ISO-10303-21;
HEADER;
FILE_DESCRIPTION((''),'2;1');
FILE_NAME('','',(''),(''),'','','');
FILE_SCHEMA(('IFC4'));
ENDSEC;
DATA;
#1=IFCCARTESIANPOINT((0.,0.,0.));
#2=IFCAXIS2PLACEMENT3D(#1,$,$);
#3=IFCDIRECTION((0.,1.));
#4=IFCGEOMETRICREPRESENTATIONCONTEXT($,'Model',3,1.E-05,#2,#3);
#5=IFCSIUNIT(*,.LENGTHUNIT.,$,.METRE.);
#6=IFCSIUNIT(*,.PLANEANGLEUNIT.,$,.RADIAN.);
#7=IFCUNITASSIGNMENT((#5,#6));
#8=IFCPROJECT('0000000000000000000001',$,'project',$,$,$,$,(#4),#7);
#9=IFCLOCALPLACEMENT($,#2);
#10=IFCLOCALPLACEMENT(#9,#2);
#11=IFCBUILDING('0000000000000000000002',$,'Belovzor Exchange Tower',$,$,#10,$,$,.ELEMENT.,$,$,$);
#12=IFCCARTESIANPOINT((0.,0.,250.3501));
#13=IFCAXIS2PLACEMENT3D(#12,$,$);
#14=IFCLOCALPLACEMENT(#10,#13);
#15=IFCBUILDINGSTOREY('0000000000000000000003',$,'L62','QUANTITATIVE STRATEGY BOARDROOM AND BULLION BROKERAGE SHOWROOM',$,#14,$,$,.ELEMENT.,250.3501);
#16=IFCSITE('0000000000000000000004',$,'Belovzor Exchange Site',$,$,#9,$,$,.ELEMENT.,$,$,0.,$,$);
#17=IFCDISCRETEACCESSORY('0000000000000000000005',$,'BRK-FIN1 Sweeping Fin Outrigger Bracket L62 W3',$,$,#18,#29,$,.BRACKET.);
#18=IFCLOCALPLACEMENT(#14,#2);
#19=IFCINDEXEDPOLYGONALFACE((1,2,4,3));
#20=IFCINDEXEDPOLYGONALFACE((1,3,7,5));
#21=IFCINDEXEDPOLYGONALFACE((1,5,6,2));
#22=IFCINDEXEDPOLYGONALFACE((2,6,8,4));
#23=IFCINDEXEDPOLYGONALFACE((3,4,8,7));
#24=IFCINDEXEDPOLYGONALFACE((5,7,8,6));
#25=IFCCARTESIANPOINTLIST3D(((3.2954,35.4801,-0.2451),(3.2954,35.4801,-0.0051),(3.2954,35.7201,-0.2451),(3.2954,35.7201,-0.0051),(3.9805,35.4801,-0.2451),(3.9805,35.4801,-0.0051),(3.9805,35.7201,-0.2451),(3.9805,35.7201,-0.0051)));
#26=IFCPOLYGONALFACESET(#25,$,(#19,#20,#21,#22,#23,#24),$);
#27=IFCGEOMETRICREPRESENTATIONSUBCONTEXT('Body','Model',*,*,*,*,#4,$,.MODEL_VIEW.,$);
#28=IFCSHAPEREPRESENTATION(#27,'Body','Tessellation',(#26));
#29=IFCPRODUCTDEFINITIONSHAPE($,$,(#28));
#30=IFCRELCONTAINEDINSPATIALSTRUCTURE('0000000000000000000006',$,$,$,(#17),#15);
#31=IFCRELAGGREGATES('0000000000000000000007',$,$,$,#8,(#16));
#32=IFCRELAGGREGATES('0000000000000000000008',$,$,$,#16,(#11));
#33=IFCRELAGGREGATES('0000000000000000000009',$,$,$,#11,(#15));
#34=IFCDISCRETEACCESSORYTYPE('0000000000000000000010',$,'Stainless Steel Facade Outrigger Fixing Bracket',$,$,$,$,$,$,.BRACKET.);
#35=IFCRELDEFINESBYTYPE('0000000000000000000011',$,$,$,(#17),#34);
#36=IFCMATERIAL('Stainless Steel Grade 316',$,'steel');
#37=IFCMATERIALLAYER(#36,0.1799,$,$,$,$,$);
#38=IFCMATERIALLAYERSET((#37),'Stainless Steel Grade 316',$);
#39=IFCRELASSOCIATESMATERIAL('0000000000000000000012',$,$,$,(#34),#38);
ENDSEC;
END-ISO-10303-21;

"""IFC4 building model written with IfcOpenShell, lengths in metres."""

from ifc_helpers import new_model, si_unit, direction, frame, origin, origin_2d, place, context, subcontext, project, spatial, rectangle, extrude, material, layer, layer_set, type_object, element, save


model = new_model("IFC4")

# Units and contexts
model_context = context("Model", 3, precision=1e-05, world=origin(), true_north=direction((0.0, 1.0)))
body_context = subcontext(model_context, "Body", "Model", "MODEL_VIEW")
ifc_project = project(units=[si_unit("LENGTHUNIT", "METRE"), si_unit("PLANEANGLEUNIT", "RADIAN")], contexts=[model_context])

# Site, building, storey
site_placement = place(None, origin())
site = spatial("IfcSite", under=ifc_project, at=site_placement, Name="Belovzor Exchange Site", CompositionType="ELEMENT", RefElevation=0.0)
building_placement = place(site_placement, origin())
building = spatial("IfcBuilding", under=site, at=building_placement, Name="Belovzor Exchange Tower", CompositionType="ELEMENT")
storey_placement = place(building_placement, frame((0.0, 0.0, 250.3501)))
storey = spatial("IfcBuildingStorey", under=building, at=storey_placement, Name="L62", Description="QUANTITATIVE STRATEGY BOARDROOM AND BULLION BROKERAGE SHOWROOM", CompositionType="ELEMENT", Elevation=250.3501)

# Discrete accessory
ifc_material_1 = material(Name="Stainless Steel Grade 316", Category="steel")
ifc_layer_1 = layer(ifc_material_1, 0.1799)
ifc_layer_set_1 = layer_set([ifc_layer_1], Name="Stainless Steel Grade 316")
discrete_accessory_type = type_object("IfcDiscreteAccessoryType", Name="Stainless Steel Facade Outrigger Fixing Bracket", PredefinedType="BRACKET", material=ifc_layer_set_1)
discrete_accessory_placement = place(storey_placement, frame((3.6379, 35.6001, -0.2451), z_axis=(0.0, 0.0, 1.0), x_axis=(1.0, 0.0, 0.0)))
element("IfcDiscreteAccessory", 1, at=discrete_accessory_placement, inside=storey, type_object=discrete_accessory_type, Name="BRK-FIN1 Sweeping Fin Outrigger Bracket L62 W3", PredefinedType="BRACKET", context=body_context, shape_type="SweptSolid", body=[
    extrude(rectangle(XDim=0.6851, YDim=0.24, at=origin_2d()), origin(), (0.0, 0.0, 1.0), 0.24),
])

save(model, "model.ifc")
